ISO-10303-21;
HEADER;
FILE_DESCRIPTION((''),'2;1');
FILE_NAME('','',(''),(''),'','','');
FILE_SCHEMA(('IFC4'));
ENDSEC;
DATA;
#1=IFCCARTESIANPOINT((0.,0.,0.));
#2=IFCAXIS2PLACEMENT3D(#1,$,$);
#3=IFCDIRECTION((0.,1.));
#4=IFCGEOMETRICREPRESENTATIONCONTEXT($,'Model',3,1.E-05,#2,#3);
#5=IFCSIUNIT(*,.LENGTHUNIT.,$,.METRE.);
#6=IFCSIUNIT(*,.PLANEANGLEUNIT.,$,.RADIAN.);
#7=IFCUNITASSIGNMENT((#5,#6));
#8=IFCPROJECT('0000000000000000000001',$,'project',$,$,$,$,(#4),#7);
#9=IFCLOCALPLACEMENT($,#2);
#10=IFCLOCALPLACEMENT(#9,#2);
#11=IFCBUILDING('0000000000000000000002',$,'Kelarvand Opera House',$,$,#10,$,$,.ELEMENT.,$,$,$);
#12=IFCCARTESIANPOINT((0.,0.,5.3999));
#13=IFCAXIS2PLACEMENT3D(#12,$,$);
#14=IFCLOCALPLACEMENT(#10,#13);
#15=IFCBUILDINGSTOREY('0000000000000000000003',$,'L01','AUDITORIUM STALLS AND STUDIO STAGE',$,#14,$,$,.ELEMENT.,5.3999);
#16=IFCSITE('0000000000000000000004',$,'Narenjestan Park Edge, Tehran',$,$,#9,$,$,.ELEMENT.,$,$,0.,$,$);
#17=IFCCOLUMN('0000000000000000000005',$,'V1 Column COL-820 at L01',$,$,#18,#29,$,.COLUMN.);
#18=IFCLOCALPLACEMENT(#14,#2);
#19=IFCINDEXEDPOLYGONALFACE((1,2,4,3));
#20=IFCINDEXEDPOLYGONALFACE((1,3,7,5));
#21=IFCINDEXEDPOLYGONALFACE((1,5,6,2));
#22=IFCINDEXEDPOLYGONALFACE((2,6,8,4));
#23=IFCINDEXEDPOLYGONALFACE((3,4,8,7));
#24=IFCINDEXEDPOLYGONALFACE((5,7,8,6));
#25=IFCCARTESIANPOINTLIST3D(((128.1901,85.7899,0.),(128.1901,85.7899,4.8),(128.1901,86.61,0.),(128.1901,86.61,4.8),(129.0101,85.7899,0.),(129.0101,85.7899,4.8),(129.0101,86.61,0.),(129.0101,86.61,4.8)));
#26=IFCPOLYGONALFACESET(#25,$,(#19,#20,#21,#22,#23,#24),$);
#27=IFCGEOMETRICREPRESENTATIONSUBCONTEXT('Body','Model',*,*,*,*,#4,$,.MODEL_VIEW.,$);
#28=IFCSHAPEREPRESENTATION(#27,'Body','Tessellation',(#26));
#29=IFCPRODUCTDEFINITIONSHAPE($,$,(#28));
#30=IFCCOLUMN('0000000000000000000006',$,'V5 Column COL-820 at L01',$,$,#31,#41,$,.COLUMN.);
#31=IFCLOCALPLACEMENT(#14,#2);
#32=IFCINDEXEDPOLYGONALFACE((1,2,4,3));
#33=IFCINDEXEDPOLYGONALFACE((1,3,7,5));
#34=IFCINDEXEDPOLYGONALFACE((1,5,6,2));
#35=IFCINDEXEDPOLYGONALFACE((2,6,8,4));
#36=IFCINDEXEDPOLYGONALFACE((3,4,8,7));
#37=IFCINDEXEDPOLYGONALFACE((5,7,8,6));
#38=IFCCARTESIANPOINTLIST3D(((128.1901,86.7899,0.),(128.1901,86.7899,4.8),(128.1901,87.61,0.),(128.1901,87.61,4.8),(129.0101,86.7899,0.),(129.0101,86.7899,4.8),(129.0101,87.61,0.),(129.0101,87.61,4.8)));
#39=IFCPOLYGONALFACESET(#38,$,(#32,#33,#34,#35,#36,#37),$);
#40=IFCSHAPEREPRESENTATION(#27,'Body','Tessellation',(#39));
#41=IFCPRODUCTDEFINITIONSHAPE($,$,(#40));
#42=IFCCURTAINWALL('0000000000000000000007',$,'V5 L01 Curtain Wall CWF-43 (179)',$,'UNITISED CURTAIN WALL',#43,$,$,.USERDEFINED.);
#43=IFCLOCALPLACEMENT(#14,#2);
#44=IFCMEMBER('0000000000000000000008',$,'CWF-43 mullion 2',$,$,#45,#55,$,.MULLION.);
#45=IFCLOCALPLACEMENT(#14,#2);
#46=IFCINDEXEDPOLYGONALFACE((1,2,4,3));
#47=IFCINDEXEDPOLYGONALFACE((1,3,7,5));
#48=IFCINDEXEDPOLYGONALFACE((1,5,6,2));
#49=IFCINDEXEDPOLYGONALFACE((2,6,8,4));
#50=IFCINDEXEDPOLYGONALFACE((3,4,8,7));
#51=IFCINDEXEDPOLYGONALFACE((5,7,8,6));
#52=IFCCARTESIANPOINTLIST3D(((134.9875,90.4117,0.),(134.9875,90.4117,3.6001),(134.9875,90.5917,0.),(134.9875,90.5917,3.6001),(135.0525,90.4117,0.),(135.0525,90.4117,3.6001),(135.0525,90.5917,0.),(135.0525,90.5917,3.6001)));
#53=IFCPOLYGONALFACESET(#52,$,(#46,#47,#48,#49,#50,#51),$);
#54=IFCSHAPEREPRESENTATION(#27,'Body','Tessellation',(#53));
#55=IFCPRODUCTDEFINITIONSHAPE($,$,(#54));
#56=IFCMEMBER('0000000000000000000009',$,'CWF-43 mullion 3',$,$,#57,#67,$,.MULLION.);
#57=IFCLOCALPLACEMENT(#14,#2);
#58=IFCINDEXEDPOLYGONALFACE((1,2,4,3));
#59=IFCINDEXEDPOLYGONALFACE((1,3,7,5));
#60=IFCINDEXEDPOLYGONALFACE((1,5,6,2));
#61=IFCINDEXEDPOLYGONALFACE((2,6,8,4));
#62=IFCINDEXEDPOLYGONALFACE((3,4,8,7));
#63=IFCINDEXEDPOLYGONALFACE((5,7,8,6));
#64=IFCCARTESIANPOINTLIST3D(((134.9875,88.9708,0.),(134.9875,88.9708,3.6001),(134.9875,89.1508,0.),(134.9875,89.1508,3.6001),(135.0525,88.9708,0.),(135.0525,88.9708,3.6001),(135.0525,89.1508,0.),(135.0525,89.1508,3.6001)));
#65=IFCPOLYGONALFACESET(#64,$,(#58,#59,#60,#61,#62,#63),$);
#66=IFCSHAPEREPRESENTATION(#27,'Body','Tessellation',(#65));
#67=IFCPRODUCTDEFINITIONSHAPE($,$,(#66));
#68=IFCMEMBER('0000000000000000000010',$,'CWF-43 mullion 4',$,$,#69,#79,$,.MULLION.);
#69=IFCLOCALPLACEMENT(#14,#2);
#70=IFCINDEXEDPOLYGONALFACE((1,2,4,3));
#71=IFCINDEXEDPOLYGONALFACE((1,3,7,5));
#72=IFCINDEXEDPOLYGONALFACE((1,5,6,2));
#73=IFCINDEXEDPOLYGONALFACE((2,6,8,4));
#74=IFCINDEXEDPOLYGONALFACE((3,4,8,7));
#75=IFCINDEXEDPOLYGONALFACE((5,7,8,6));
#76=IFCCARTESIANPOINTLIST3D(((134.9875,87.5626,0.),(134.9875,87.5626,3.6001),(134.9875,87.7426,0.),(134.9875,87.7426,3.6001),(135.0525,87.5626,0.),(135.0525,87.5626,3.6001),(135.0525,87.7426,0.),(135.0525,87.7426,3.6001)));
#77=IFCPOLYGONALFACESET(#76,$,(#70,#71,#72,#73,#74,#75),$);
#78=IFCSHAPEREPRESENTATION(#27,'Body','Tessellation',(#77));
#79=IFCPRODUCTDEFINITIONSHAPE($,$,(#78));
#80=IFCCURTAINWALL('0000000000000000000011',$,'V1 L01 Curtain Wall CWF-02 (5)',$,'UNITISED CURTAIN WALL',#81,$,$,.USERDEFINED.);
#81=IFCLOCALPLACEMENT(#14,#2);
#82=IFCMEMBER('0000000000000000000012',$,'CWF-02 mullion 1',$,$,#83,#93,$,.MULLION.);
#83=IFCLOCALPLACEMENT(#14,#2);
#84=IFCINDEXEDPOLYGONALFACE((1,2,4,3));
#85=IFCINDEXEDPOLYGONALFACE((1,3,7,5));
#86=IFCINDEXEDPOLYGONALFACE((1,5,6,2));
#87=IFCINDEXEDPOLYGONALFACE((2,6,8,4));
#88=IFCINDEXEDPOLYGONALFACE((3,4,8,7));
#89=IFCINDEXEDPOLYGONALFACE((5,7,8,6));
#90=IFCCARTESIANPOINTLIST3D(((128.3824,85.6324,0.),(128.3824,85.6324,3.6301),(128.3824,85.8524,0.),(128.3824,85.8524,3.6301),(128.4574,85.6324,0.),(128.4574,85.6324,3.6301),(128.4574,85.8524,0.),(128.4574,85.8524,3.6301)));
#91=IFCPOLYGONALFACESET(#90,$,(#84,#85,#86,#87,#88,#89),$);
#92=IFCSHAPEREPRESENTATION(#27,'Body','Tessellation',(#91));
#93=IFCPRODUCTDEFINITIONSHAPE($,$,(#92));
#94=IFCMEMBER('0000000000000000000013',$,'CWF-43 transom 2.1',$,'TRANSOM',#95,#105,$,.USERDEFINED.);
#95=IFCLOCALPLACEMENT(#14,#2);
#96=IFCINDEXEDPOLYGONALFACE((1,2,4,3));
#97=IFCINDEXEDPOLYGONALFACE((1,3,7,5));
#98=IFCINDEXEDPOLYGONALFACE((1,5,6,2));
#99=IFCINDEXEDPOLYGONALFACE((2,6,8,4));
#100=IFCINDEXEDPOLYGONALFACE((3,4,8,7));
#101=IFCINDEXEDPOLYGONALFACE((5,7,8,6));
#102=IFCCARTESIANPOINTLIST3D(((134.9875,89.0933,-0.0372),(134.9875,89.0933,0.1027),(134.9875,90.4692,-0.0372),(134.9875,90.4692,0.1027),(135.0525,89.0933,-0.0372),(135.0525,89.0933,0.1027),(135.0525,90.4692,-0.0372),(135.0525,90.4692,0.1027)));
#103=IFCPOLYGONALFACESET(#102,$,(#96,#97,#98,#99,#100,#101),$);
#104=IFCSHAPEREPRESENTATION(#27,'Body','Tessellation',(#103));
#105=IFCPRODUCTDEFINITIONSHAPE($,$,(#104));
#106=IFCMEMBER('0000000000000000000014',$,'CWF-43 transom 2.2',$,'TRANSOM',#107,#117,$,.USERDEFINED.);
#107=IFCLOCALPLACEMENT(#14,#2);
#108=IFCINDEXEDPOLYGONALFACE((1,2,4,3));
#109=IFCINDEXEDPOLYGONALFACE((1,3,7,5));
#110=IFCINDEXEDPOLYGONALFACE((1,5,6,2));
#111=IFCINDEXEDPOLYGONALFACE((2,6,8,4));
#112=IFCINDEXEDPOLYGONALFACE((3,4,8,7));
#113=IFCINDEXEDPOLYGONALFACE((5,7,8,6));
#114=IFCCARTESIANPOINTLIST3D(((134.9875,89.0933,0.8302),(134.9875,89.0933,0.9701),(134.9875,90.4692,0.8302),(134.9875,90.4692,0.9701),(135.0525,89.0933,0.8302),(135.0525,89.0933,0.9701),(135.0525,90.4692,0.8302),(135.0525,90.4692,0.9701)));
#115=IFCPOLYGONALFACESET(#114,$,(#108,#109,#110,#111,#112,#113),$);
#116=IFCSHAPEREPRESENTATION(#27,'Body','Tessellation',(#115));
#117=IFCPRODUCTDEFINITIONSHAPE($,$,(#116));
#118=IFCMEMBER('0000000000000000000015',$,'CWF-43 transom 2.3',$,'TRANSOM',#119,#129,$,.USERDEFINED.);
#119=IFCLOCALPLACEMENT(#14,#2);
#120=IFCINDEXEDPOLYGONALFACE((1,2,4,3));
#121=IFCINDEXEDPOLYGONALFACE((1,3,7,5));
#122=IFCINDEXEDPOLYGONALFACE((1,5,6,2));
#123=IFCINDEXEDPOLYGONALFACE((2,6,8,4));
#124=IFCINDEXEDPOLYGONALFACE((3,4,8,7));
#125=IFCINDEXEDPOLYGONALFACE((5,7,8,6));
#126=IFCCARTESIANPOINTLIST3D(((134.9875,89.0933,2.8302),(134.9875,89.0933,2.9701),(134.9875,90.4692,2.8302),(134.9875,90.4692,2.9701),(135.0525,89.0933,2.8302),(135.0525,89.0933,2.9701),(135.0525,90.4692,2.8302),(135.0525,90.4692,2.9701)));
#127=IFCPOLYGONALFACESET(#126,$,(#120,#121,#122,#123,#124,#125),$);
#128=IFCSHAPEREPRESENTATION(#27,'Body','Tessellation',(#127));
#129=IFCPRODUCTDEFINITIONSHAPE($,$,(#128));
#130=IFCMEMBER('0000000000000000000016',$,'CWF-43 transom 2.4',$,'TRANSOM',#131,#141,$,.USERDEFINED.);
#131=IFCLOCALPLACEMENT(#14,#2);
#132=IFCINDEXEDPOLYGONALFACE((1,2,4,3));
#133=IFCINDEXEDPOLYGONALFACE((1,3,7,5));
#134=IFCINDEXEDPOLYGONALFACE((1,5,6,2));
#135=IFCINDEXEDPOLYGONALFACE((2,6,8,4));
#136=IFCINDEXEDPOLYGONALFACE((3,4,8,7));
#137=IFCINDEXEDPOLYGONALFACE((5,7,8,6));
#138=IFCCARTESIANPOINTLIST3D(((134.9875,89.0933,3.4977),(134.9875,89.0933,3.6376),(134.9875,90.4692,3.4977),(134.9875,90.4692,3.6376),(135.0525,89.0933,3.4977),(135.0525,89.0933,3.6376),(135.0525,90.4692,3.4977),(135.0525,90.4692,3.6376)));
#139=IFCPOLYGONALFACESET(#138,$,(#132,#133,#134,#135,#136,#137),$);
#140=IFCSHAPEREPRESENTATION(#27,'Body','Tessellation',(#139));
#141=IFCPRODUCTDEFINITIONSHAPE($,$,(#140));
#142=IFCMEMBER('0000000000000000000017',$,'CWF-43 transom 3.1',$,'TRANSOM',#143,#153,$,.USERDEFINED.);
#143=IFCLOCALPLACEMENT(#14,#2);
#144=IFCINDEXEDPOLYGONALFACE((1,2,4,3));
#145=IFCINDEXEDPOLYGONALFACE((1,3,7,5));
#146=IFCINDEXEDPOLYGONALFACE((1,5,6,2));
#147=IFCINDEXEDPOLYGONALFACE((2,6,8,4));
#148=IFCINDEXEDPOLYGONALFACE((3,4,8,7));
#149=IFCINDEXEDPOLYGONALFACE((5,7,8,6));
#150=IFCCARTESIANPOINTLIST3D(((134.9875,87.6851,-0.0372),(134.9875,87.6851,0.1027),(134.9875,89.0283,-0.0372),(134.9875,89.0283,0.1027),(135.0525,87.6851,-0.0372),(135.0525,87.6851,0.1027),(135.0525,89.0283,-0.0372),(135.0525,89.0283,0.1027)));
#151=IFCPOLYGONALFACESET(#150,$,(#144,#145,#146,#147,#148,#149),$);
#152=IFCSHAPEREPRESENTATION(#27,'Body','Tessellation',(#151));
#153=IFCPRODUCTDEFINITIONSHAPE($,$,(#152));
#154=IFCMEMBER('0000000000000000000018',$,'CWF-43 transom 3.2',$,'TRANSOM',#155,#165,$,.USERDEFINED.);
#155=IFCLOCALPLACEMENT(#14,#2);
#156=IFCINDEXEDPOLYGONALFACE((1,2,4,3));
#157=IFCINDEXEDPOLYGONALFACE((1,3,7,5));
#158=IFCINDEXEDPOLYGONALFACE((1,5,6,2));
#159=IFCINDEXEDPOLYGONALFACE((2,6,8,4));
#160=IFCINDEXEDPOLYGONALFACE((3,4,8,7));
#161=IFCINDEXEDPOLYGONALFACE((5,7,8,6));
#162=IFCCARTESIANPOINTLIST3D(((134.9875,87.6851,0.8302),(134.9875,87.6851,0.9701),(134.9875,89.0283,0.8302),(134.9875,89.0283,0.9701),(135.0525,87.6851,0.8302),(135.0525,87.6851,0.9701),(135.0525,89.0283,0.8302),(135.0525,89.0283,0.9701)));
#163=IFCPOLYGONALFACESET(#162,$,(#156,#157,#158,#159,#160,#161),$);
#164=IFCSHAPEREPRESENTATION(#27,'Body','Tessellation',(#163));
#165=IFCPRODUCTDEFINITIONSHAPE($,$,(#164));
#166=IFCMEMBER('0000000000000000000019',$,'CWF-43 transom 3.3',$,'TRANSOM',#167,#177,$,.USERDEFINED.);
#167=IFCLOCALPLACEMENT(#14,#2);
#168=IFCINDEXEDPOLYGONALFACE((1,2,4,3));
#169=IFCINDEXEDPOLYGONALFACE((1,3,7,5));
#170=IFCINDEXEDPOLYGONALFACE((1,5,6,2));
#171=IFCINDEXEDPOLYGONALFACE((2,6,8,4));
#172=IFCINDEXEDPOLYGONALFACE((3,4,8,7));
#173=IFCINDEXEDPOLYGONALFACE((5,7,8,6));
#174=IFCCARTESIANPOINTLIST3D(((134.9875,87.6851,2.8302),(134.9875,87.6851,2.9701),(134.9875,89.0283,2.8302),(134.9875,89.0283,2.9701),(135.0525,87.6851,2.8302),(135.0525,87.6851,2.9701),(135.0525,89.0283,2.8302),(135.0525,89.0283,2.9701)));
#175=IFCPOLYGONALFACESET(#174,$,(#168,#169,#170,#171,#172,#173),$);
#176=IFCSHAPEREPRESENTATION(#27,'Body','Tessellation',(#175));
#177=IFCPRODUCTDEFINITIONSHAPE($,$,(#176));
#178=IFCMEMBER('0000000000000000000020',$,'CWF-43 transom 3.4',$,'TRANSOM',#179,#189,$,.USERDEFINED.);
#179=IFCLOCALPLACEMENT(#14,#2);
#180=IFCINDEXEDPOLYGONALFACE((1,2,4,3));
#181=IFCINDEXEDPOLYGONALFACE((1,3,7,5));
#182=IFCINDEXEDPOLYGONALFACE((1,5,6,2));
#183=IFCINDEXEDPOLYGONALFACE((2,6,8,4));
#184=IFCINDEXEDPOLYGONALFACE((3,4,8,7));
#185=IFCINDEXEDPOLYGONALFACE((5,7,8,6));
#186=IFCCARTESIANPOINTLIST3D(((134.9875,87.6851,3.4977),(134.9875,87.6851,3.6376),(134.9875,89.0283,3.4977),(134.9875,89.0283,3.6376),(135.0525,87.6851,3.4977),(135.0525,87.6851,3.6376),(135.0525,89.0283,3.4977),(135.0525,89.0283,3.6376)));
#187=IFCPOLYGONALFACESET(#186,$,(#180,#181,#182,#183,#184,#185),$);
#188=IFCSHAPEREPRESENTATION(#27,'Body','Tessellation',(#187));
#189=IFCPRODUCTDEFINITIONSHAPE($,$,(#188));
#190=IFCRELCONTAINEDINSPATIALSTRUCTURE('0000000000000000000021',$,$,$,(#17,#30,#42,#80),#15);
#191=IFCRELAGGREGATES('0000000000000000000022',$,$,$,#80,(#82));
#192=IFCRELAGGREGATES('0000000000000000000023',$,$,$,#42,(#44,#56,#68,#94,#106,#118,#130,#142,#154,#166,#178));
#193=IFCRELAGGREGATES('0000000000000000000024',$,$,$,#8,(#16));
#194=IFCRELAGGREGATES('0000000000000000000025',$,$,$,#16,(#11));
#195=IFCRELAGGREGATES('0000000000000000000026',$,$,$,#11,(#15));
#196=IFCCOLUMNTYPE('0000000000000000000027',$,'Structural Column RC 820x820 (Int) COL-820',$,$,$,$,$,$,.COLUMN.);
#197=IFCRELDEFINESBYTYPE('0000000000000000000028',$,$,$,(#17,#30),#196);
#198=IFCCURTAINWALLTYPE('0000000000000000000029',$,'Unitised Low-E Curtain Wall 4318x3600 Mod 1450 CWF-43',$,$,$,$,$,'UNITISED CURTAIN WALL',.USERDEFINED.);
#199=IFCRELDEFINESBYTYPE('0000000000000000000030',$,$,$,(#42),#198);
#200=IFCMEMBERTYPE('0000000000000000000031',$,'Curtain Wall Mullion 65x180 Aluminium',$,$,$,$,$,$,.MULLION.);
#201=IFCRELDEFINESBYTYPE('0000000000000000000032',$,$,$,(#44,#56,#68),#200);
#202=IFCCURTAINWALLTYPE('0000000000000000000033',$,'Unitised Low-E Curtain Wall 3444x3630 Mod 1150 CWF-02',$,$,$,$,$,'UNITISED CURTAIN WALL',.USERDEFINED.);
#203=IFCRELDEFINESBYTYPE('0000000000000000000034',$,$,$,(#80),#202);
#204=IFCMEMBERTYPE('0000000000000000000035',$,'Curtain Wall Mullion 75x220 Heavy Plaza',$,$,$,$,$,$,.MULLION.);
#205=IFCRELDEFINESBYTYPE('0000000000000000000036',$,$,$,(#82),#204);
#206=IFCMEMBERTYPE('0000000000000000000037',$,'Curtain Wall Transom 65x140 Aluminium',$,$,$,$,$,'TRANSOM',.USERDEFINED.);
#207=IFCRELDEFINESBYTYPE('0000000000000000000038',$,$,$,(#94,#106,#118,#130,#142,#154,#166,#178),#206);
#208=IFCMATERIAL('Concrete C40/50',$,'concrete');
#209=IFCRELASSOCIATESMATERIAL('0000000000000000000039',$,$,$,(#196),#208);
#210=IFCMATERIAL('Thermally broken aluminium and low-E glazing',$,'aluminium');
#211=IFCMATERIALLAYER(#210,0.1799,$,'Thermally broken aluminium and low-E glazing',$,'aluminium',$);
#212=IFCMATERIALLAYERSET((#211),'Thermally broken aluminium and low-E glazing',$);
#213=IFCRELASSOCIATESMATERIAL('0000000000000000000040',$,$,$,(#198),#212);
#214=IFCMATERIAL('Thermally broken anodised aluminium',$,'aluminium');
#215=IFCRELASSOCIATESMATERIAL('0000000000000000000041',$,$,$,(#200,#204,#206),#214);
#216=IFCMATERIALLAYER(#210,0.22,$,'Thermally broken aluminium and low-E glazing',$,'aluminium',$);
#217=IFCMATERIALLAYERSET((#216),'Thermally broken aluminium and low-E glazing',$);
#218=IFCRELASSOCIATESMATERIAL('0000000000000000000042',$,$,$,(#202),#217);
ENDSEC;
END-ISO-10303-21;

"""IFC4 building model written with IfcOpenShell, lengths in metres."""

from ifc_helpers import new_model, si_unit, direction, frame, origin, origin_2d, place, context, subcontext, project, spatial, rectangle, extrude, material, layer, layer_set, material_profile, profile_set, type_object, element, aggregate, save


model = new_model("IFC4")

# Units and contexts
model_context = context("Model", 3, precision=1e-05, world=origin(), true_north=direction((0.0, 1.0)))
body_context = subcontext(model_context, "Body", "Model", "MODEL_VIEW")
ifc_project = project(units=[si_unit("LENGTHUNIT", "METRE"), si_unit("PLANEANGLEUNIT", "RADIAN")], contexts=[model_context])

# Site, building, storey
site_placement = place(None, origin())
site = spatial("IfcSite", under=ifc_project, at=site_placement, Name="Narenjestan Park Edge, Tehran", CompositionType="ELEMENT", RefElevation=0.0)
building_placement = place(site_placement, origin())
building = spatial("IfcBuilding", under=site, at=building_placement, Name="Kelarvand Opera House", CompositionType="ELEMENT")
storey_placement = place(building_placement, frame((0.0, 0.0, 5.3999)))
storey = spatial("IfcBuildingStorey", under=building, at=storey_placement, Name="L01", Description="AUDITORIUM STALLS AND STUDIO STAGE", CompositionType="ELEMENT", Elevation=5.3999)

# Columns
ifc_material_1 = material(Name="Concrete C40/50", Category="concrete")
ifc_material_profile_1 = material_profile(ifc_material_1, rectangle(XDim=0.8201, YDim=0.8201, at=origin_2d()), Name="RC 820x820", Category="concrete")
ifc_profile_set_1 = profile_set([ifc_material_profile_1], Name="Concrete C40/50")
column_type = type_object("IfcColumnType", Name="Structural Column RC 820x820 (Int) COL-820", PredefinedType="COLUMN", material=ifc_profile_set_1)
for number, where, z_axis, x_axis, name in (
    (1, (128.6001, 86.2, 0.0), (0.0, 0.0, 1.0), (1.0, 0.0, 0.0), "V1 Column COL-820 at L01"),
    (2, (128.6001, 87.2, 0.0), (0.0, 0.0, 1.0), (1.0, 0.0, 0.0), "V5 Column COL-820 at L01"),
):
    element("IfcColumn", number, at=place(storey_placement, frame(where, z_axis=z_axis, x_axis=x_axis)), inside=storey, type_object=column_type, Name=name, PredefinedType="COLUMN", context=body_context, shape_type="SweptSolid", body=[
        extrude(rectangle(XDim=0.8201, YDim=0.8201, at=origin_2d()), origin(), (0.0, 0.0, 1.0), 4.8),
    ])

# Curtain wall, members
ifc_material_2 = material(Name="Thermally broken aluminium and low-E glazing", Category="aluminium")
ifc_layer_1 = layer(ifc_material_2, 0.1799, Name="Thermally broken aluminium and low-E glazing", Category="aluminium")
ifc_layer_set_1 = layer_set([ifc_layer_1], Name="Thermally broken aluminium and low-E glazing")
curtain_wall_type_1 = type_object("IfcCurtainWallType", Name="Unitised Low-E Curtain Wall 4318x3600 Mod 1450 CWF-43", ElementType="UNITISED CURTAIN WALL", PredefinedType="USERDEFINED", material=ifc_layer_set_1)
curtain_wall_1_placement = place(storey_placement, origin())
curtain_wall_1 = element("IfcCurtainWall", 3, at=curtain_wall_1_placement, inside=storey, type_object=curtain_wall_type_1, Name="V5 L01 Curtain Wall CWF-43 (179)", ObjectType="UNITISED CURTAIN WALL", PredefinedType="USERDEFINED")
ifc_material_3 = material(Name="Thermally broken anodised aluminium", Category="aluminium")
ifc_material_profile_2 = material_profile(ifc_material_3, rectangle(XDim=0.0649, YDim=0.1799, at=origin_2d()), Name="ALU MULLION 65x180", Category="aluminium")
ifc_profile_set_2 = profile_set([ifc_material_profile_2], Name="Thermally broken anodised aluminium")
member_type_1 = type_object("IfcMemberType", Name="Curtain Wall Mullion 65x180 Aluminium", PredefinedType="MULLION", material=ifc_profile_set_2)
member_1_placement = place(storey_placement, frame((135.02, 90.5017, 0.0), z_axis=(0.0, 0.0, 1.0), x_axis=(1.0, 0.0, 0.0)))
member_1 = element("IfcMember", 4, at=member_1_placement, type_object=member_type_1, Name="CWF-43 mullion 2", PredefinedType="MULLION", context=body_context, shape_type="SweptSolid", body=[
    extrude(rectangle(XDim=0.0649, YDim=0.1799, at=origin_2d()), origin(), (0.0, 0.0, 1.0), 3.6001),
])
member_2_placement = place(storey_placement, frame((135.02, 89.0608, 0.0), z_axis=(0.0, 0.0, 1.0), x_axis=(1.0, 0.0, 0.0)))
member_2 = element("IfcMember", 5, at=member_2_placement, type_object=member_type_1, Name="CWF-43 mullion 3", PredefinedType="MULLION", context=body_context, shape_type="SweptSolid", body=[
    extrude(rectangle(XDim=0.0649, YDim=0.1799, at=origin_2d()), origin(), (0.0, 0.0, 1.0), 3.6001),
])
member_3_placement = place(storey_placement, frame((135.02, 87.6526, 0.0), z_axis=(0.0, 0.0, 1.0), x_axis=(1.0, 0.0, 0.0)))
member_3 = element("IfcMember", 6, at=member_3_placement, type_object=member_type_1, Name="CWF-43 mullion 4", PredefinedType="MULLION", context=body_context, shape_type="SweptSolid", body=[
    extrude(rectangle(XDim=0.0649, YDim=0.1799, at=origin_2d()), origin(), (0.0, 0.0, 1.0), 3.6001),
])

# Curtain wall, member
ifc_layer_2 = layer(ifc_material_2, 0.22, Name="Thermally broken aluminium and low-E glazing", Category="aluminium")
ifc_layer_set_2 = layer_set([ifc_layer_2], Name="Thermally broken aluminium and low-E glazing")
curtain_wall_type_2 = type_object("IfcCurtainWallType", Name="Unitised Low-E Curtain Wall 3444x3630 Mod 1150 CWF-02", ElementType="UNITISED CURTAIN WALL", PredefinedType="USERDEFINED", material=ifc_layer_set_2)
curtain_wall_2_placement = place(storey_placement, origin())
curtain_wall_2 = element("IfcCurtainWall", 7, at=curtain_wall_2_placement, inside=storey, type_object=curtain_wall_type_2, Name="V1 L01 Curtain Wall CWF-02 (5)", ObjectType="UNITISED CURTAIN WALL", PredefinedType="USERDEFINED")
ifc_material_profile_3 = material_profile(ifc_material_3, rectangle(XDim=0.075, YDim=0.22, at=origin_2d()), Name="ALU MULLION 75x220", Category="aluminium")
ifc_profile_set_3 = profile_set([ifc_material_profile_3], Name="Thermally broken anodised aluminium")
member_type_2 = type_object("IfcMemberType", Name="Curtain Wall Mullion 75x220 Heavy Plaza", PredefinedType="MULLION", material=ifc_profile_set_3)
member_4_placement = place(storey_placement, frame((128.4199, 85.7424, 0.0), z_axis=(0.0, 0.0, 1.0), x_axis=(1.0, 0.0, 0.0)))
member_4 = element("IfcMember", 8, at=member_4_placement, type_object=member_type_2, Name="CWF-02 mullion 1", PredefinedType="MULLION", context=body_context, shape_type="SweptSolid", body=[
    extrude(rectangle(XDim=0.075, YDim=0.22, at=origin_2d()), origin(), (0.0, 0.0, 1.0), 3.6301),
])

# Members
ifc_material_profile_4 = material_profile(ifc_material_3, rectangle(XDim=0.0649, YDim=0.1399, at=origin_2d()), Name="ALU TRANSOM 65x140", Category="aluminium")
ifc_profile_set_4 = profile_set([ifc_material_profile_4], Name="Thermally broken anodised aluminium")
member_type_3 = type_object("IfcMemberType", Name="Curtain Wall Transom 65x140 Aluminium", ElementType="TRANSOM", PredefinedType="USERDEFINED", material=ifc_profile_set_4)
member_5_placement = place(storey_placement, frame((135.02, 90.4692, 0.0327), z_axis=(0.0, -1.0, 0.0), x_axis=(1.0, 0.0, 0.0)))
member_5 = element("IfcMember", 9, at=member_5_placement, type_object=member_type_3, Name="CWF-43 transom 2.1", ObjectType="TRANSOM", PredefinedType="USERDEFINED", context=body_context, shape_type="SweptSolid", body=[
    extrude(rectangle(XDim=0.0649, YDim=0.1399, at=origin_2d()), origin(), (0.0, 0.0, 1.0), 1.376),
])
member_6_placement = place(storey_placement, frame((135.02, 90.4692, 0.9001), z_axis=(0.0, -1.0, 0.0), x_axis=(1.0, 0.0, 0.0)))
member_6 = element("IfcMember", 10, at=member_6_placement, type_object=member_type_3, Name="CWF-43 transom 2.2", ObjectType="TRANSOM", PredefinedType="USERDEFINED", context=body_context, shape_type="SweptSolid", body=[
    extrude(rectangle(XDim=0.0649, YDim=0.1399, at=origin_2d()), origin(), (0.0, 0.0, 1.0), 1.376),
])
member_7_placement = place(storey_placement, frame((135.02, 90.4692, 2.9001), z_axis=(0.0, -1.0, 0.0), x_axis=(1.0, 0.0, 0.0)))
member_7 = element("IfcMember", 11, at=member_7_placement, type_object=member_type_3, Name="CWF-43 transom 2.3", ObjectType="TRANSOM", PredefinedType="USERDEFINED", context=body_context, shape_type="SweptSolid", body=[
    extrude(rectangle(XDim=0.0649, YDim=0.1399, at=origin_2d()), origin(), (0.0, 0.0, 1.0), 1.376),
])
member_8_placement = place(storey_placement, frame((135.02, 90.4692, 3.5676), z_axis=(0.0, -1.0, 0.0), x_axis=(1.0, 0.0, 0.0)))
member_8 = element("IfcMember", 12, at=member_8_placement, type_object=member_type_3, Name="CWF-43 transom 2.4", ObjectType="TRANSOM", PredefinedType="USERDEFINED", context=body_context, shape_type="SweptSolid", body=[
    extrude(rectangle(XDim=0.0649, YDim=0.1399, at=origin_2d()), origin(), (0.0, 0.0, 1.0), 1.376),
])
member_9_placement = place(storey_placement, frame((135.02, 89.0283, 0.0327), z_axis=(0.0, -1.0, 0.0), x_axis=(1.0, 0.0, 0.0)))
member_9 = element("IfcMember", 13, at=member_9_placement, type_object=member_type_3, Name="CWF-43 transom 3.1", ObjectType="TRANSOM", PredefinedType="USERDEFINED", context=body_context, shape_type="SweptSolid", body=[
    extrude(rectangle(XDim=0.0649, YDim=0.1399, at=origin_2d()), origin(), (0.0, 0.0, 1.0), 1.3433),
])
member_10_placement = place(storey_placement, frame((135.02, 89.0283, 0.9001), z_axis=(0.0, -1.0, 0.0), x_axis=(1.0, 0.0, 0.0)))
member_10 = element("IfcMember", 14, at=member_10_placement, type_object=member_type_3, Name="CWF-43 transom 3.2", ObjectType="TRANSOM", PredefinedType="USERDEFINED", context=body_context, shape_type="SweptSolid", body=[
    extrude(rectangle(XDim=0.0649, YDim=0.1399, at=origin_2d()), origin(), (0.0, 0.0, 1.0), 1.3433),
])
member_11_placement = place(storey_placement, frame((135.02, 89.0283, 2.9001), z_axis=(0.0, -1.0, 0.0), x_axis=(1.0, 0.0, 0.0)))
member_11 = element("IfcMember", 15, at=member_11_placement, type_object=member_type_3, Name="CWF-43 transom 3.3", ObjectType="TRANSOM", PredefinedType="USERDEFINED", context=body_context, shape_type="SweptSolid", body=[
    extrude(rectangle(XDim=0.0649, YDim=0.1399, at=origin_2d()), origin(), (0.0, 0.0, 1.0), 1.3433),
])
member_12_placement = place(storey_placement, frame((135.02, 89.0283, 3.5676), z_axis=(0.0, -1.0, 0.0), x_axis=(1.0, 0.0, 0.0)))
member_12 = element("IfcMember", 16, at=member_12_placement, type_object=member_type_3, Name="CWF-43 transom 3.4", ObjectType="TRANSOM", PredefinedType="USERDEFINED", context=body_context, shape_type="SweptSolid", body=[
    extrude(rectangle(XDim=0.0649, YDim=0.1399, at=origin_2d()), origin(), (0.0, 0.0, 1.0), 1.3433),
])
aggregate(curtain_wall_2, [member_4])

aggregate(curtain_wall_1, [member_1, member_2, member_3, member_5, member_6, member_7, member_8, member_9, member_10, member_11, member_12])

save(model, "model.ifc")
